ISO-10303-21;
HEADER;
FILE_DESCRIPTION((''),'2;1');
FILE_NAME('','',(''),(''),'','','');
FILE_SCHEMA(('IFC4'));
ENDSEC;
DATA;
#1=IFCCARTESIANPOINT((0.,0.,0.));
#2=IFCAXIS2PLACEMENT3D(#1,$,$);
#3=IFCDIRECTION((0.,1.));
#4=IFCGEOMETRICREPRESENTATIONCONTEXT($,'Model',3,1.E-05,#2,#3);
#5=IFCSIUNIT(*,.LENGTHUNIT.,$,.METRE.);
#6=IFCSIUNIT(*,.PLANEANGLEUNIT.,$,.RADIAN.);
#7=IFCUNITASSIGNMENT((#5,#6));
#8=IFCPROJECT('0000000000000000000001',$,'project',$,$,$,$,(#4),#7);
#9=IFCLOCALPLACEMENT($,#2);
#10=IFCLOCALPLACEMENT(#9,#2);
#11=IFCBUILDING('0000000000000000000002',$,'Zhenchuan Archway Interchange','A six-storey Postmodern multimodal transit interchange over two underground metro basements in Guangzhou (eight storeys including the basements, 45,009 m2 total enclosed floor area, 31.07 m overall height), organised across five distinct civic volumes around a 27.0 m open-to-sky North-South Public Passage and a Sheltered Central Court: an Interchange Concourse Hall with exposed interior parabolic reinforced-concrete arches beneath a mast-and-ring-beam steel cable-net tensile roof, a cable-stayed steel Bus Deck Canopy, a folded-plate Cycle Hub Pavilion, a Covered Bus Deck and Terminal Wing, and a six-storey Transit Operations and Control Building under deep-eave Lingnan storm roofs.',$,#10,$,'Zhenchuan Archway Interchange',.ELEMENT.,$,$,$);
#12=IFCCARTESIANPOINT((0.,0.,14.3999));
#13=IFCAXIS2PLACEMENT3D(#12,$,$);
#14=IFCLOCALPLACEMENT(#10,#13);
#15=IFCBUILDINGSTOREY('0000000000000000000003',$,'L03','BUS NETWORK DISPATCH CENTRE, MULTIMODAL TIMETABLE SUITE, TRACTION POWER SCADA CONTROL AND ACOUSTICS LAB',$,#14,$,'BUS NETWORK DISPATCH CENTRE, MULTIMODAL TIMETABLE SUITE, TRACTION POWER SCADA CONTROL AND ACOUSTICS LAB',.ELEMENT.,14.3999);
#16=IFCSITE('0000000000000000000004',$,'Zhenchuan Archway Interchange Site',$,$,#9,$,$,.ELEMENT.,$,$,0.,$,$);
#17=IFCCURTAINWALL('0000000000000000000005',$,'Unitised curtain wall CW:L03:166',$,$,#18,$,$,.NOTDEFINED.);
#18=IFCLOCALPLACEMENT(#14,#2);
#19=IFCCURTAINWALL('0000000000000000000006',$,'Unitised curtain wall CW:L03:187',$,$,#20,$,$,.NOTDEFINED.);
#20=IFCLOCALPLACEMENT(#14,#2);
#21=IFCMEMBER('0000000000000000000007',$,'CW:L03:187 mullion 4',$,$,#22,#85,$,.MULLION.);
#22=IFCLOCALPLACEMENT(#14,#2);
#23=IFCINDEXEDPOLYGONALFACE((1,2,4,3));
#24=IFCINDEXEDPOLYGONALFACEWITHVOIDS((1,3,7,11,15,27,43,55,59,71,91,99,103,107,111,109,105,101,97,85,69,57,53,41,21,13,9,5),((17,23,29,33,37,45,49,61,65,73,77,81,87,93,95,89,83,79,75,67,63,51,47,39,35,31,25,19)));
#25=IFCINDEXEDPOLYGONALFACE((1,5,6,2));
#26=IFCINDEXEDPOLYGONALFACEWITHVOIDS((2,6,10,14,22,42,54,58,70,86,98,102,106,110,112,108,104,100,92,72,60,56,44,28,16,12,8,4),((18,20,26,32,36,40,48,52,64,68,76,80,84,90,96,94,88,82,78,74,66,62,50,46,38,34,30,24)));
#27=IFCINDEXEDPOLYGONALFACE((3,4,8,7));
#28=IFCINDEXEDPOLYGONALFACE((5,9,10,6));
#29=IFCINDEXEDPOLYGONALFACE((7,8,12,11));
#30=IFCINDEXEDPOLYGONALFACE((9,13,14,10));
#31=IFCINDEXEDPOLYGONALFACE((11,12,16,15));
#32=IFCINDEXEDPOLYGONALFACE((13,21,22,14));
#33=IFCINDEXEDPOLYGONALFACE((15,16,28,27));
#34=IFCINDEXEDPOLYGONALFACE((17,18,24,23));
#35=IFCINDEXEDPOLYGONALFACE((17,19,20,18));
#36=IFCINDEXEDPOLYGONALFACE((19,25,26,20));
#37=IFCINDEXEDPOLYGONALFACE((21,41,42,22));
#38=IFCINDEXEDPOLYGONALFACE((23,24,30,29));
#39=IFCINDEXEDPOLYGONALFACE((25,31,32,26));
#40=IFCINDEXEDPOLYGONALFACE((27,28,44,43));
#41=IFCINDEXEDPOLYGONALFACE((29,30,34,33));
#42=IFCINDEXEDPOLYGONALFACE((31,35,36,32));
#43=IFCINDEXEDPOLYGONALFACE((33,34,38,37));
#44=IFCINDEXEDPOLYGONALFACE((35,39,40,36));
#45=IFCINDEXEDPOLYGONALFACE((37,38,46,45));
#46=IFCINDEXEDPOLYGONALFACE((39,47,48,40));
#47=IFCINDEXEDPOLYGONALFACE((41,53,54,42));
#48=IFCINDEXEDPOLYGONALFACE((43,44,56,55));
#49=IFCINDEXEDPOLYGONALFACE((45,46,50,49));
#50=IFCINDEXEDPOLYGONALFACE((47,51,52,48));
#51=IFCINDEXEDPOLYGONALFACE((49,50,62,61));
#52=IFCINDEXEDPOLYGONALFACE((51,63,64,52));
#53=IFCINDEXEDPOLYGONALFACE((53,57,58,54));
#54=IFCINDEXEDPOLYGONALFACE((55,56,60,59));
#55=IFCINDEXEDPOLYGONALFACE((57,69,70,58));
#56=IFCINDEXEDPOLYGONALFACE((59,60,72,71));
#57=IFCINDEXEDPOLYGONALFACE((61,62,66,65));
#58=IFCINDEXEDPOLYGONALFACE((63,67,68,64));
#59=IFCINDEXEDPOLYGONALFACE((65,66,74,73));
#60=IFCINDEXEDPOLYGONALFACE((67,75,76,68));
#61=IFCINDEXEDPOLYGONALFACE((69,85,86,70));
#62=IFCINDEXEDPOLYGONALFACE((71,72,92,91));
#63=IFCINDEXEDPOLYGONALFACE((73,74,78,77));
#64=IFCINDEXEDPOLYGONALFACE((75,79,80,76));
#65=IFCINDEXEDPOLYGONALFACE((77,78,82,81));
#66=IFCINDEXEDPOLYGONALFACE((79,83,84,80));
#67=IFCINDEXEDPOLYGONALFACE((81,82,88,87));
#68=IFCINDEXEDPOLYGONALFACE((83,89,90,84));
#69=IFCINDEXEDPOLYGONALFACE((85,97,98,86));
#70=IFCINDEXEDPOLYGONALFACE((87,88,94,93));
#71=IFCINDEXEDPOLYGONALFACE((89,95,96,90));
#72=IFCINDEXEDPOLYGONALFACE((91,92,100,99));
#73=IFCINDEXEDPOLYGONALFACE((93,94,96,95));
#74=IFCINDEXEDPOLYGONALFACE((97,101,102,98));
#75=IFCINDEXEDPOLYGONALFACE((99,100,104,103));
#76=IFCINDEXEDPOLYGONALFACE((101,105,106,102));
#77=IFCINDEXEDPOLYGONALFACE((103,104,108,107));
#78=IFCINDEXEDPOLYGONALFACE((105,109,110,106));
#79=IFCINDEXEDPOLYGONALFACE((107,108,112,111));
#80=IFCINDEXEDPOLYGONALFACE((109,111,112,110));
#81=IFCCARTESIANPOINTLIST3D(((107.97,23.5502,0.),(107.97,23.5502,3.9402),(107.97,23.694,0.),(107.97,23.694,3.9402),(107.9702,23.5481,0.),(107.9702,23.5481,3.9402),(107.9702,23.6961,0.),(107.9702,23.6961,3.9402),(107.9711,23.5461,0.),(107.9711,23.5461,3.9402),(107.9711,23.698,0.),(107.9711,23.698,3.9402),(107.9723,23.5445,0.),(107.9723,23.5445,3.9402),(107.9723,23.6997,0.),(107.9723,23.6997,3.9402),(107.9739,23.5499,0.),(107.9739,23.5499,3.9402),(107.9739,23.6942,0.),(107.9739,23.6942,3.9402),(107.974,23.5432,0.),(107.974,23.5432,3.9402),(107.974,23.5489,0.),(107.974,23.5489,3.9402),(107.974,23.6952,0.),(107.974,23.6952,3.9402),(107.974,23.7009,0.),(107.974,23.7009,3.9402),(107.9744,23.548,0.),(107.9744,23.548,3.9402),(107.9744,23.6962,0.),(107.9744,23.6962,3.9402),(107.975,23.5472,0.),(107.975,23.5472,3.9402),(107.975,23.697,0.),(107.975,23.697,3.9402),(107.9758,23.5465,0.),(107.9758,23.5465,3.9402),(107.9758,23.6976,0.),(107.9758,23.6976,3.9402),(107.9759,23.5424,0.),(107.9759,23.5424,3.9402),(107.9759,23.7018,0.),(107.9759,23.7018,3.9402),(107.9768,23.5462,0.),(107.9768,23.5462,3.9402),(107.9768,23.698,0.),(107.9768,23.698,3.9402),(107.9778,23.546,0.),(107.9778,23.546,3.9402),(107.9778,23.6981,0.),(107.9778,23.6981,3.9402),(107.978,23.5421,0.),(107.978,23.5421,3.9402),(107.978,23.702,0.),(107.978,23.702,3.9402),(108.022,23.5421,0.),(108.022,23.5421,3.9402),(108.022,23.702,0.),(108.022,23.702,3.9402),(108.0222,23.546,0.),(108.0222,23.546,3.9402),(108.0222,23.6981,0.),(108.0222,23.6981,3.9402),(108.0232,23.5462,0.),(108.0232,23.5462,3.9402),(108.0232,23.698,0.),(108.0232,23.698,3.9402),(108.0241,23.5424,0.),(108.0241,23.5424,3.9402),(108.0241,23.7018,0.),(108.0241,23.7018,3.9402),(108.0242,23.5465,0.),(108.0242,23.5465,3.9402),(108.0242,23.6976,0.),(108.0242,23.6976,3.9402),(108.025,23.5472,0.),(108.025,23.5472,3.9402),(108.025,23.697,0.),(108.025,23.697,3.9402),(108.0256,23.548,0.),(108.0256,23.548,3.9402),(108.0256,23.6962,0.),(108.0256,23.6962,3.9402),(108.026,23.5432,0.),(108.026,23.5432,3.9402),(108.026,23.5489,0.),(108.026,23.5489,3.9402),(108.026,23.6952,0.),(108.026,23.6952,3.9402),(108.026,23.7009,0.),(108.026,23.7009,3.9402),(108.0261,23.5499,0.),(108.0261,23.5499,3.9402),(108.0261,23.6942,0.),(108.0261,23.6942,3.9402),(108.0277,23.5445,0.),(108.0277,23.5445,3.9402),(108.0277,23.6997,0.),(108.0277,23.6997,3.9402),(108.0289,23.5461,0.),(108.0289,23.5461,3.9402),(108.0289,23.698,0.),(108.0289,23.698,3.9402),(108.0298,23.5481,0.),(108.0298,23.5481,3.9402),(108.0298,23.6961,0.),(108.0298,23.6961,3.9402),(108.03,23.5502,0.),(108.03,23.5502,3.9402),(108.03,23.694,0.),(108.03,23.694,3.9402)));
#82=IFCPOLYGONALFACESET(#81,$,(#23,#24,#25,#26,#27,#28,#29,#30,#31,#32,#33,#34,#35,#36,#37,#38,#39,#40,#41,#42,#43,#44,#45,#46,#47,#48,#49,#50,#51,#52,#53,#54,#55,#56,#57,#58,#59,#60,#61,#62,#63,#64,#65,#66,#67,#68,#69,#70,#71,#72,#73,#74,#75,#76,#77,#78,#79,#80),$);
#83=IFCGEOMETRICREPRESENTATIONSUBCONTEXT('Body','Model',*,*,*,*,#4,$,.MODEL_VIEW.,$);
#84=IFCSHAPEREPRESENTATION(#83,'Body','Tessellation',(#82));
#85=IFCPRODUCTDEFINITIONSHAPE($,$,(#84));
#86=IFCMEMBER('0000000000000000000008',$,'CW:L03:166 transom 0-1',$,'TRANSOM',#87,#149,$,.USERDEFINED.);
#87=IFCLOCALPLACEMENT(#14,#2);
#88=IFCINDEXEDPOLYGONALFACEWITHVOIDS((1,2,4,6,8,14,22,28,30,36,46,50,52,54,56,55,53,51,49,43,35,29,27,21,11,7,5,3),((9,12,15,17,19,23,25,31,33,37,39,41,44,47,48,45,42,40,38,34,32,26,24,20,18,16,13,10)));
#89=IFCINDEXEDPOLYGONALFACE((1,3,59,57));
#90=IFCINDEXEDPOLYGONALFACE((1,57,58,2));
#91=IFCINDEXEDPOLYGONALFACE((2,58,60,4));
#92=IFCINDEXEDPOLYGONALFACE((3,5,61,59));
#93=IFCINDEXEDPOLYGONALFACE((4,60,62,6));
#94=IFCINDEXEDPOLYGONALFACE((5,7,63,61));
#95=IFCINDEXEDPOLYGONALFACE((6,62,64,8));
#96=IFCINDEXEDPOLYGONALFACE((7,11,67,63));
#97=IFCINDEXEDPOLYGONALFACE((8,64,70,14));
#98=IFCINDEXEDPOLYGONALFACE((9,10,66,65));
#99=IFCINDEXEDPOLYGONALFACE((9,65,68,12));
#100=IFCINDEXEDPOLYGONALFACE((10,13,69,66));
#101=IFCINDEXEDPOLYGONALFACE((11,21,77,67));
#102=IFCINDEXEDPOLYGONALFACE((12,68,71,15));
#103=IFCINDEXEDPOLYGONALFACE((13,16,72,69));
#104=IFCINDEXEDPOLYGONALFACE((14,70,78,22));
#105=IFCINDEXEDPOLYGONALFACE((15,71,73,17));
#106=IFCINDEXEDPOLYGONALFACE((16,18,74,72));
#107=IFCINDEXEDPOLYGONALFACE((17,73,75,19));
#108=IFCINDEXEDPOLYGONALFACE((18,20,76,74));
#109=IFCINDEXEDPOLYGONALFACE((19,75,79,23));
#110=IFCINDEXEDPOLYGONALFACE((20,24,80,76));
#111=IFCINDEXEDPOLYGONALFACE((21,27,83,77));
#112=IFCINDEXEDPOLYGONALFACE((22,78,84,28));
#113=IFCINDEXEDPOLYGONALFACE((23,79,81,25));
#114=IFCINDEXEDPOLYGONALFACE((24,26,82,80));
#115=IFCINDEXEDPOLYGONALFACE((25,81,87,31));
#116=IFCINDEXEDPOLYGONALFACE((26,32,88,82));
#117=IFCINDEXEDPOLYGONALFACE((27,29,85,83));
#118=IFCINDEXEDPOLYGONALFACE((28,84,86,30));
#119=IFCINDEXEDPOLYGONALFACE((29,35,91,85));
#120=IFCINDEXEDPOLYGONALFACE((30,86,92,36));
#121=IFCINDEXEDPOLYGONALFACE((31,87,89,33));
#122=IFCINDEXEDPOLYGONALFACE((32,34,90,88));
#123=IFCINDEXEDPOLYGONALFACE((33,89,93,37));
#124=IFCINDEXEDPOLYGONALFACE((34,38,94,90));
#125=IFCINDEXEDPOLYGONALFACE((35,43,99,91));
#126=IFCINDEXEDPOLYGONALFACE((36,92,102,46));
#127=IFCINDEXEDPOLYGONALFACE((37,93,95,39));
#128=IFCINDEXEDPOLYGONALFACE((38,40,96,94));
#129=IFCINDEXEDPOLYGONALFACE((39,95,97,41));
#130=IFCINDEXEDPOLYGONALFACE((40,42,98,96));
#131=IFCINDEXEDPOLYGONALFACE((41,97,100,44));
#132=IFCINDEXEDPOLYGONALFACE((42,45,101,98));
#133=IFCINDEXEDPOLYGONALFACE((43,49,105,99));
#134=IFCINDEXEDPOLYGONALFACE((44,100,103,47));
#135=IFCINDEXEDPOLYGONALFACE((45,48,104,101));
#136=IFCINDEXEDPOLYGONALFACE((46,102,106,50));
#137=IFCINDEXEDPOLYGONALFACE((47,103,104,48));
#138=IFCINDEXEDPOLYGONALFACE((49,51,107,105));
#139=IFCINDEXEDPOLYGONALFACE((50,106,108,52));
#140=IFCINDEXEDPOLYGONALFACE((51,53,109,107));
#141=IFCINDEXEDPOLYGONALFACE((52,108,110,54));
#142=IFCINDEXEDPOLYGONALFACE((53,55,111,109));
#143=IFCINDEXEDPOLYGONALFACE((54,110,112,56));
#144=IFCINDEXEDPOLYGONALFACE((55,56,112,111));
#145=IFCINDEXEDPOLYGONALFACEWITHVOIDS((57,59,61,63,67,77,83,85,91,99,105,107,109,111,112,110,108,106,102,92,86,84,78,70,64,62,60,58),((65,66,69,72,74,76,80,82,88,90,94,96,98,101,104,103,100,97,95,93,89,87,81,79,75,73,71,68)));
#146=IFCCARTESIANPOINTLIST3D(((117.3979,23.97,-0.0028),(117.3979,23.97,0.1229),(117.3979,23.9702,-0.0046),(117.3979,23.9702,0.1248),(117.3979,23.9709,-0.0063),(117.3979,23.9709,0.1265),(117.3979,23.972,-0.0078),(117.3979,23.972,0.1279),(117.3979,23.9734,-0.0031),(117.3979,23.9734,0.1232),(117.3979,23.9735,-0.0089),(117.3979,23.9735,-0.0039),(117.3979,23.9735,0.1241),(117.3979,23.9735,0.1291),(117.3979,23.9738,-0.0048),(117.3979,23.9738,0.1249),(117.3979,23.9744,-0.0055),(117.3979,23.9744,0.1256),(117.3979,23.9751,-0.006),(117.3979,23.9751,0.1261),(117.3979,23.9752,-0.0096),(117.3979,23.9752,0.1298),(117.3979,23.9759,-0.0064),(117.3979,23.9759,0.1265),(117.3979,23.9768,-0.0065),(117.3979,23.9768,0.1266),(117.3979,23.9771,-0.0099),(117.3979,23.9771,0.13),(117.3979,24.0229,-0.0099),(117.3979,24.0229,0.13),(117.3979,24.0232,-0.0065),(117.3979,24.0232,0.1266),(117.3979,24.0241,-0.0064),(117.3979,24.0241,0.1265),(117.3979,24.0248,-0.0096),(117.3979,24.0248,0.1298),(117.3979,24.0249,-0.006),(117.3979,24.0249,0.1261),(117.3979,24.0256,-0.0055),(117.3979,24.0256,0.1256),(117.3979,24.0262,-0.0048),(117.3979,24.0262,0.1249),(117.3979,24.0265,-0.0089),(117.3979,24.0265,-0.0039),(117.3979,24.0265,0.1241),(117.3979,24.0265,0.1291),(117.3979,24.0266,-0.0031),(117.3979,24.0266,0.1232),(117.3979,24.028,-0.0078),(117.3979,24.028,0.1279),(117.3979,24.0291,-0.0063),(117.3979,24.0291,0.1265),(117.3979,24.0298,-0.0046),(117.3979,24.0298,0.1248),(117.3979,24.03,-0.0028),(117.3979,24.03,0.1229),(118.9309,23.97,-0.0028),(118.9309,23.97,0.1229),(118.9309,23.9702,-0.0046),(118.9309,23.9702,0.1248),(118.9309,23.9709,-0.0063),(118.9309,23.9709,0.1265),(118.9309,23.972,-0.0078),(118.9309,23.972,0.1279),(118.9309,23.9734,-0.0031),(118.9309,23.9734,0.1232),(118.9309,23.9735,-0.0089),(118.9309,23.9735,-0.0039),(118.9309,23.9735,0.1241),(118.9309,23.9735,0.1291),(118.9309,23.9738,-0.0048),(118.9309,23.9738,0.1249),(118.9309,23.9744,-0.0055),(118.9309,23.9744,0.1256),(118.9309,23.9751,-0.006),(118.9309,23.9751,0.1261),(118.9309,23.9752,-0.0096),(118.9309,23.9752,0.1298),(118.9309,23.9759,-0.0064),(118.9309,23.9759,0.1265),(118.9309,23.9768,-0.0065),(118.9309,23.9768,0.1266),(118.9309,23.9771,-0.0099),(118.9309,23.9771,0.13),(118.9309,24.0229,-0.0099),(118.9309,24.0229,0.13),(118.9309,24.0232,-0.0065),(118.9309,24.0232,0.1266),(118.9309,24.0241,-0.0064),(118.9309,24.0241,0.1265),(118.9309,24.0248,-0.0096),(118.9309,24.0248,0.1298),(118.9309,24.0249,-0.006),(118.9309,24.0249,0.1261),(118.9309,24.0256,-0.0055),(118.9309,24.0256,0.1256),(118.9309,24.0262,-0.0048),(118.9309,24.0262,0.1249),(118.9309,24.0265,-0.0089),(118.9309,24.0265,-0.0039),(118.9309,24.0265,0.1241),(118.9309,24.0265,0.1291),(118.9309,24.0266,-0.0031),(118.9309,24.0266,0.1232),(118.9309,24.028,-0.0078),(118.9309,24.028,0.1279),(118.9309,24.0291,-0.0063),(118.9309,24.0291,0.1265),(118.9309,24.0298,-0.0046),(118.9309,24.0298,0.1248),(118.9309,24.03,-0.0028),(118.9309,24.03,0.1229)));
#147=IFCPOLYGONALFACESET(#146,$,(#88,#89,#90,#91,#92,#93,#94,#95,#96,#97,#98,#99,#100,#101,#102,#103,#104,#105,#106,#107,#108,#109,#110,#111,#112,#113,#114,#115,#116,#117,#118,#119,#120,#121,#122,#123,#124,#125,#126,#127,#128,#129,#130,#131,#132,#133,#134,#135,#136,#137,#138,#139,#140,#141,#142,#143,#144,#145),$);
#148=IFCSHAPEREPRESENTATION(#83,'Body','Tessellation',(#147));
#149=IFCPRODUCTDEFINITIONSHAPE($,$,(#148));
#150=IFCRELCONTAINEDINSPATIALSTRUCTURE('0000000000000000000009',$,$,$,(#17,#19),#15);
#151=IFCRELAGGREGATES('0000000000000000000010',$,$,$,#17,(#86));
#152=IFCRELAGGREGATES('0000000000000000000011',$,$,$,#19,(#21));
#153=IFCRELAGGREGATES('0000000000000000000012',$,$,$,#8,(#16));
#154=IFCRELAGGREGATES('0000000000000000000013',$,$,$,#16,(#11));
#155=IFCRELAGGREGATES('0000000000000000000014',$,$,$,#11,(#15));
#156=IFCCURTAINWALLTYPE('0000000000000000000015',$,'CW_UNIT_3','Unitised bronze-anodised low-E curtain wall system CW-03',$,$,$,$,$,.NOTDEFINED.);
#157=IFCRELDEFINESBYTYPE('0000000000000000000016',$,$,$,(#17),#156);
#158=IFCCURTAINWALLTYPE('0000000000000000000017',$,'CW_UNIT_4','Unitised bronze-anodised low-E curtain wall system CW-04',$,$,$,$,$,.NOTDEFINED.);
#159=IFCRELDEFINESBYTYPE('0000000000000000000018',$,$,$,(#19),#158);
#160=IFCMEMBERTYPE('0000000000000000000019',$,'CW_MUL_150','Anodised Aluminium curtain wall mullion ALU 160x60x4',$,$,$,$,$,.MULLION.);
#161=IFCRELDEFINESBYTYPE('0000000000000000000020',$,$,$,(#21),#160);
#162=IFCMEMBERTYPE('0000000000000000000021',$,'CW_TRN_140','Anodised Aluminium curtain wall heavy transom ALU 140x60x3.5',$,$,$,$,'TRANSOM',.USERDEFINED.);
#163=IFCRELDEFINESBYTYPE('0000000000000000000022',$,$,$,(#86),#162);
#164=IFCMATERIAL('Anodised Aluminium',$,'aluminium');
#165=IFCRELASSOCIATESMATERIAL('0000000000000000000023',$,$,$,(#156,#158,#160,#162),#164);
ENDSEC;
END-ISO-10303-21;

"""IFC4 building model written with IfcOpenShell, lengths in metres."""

from ifc_helpers import new_model, si_unit, direction, frame, origin, origin_2d, place, context, subcontext, project, spatial, hollow_rectangle, extrude, material, material_profile, profile_set, type_object, element, aggregate, save


model = new_model("IFC4")

# Units and contexts
model_context = context("Model", 3, precision=1e-05, world=origin(), true_north=direction((0.0, 1.0)))
body_context = subcontext(model_context, "Body", "Model", "MODEL_VIEW")
ifc_project = project(units=[si_unit("LENGTHUNIT", "METRE"), si_unit("PLANEANGLEUNIT", "RADIAN")], contexts=[model_context])

# Site, building, storey
site_placement = place(None, origin())
site = spatial("IfcSite", under=ifc_project, at=site_placement, Name="Zhenchuan Archway Interchange Site", CompositionType="ELEMENT", RefElevation=0.0)
building_placement = place(site_placement, origin())
building = spatial("IfcBuilding", under=site, at=building_placement, Name="Zhenchuan Archway Interchange", Description="A six-storey Postmodern multimodal transit interchange over two underground metro basements in Guangzhou (eight storeys including the basements, 45,009 m2 total enclosed floor area, 31.07 m overall height), organised across five distinct civic volumes around a 27.0 m open-to-sky North-South Public Passage and a Sheltered Central Court: an Interchange Concourse Hall with exposed interior parabolic reinforced-concrete arches beneath a mast-and-ring-beam steel cable-net tensile roof, a cable-stayed steel Bus Deck Canopy, a folded-plate Cycle Hub Pavilion, a Covered Bus Deck and Terminal Wing, and a six-storey Transit Operations and Control Building under deep-eave Lingnan storm roofs.", LongName="Zhenchuan Archway Interchange", CompositionType="ELEMENT")
storey_placement = place(building_placement, frame((0.0, 0.0, 14.3999)))
storey = spatial("IfcBuildingStorey", under=building, at=storey_placement, Name="L03", Description="BUS NETWORK DISPATCH CENTRE, MULTIMODAL TIMETABLE SUITE, TRACTION POWER SCADA CONTROL AND ACOUSTICS LAB", LongName="BUS NETWORK DISPATCH CENTRE, MULTIMODAL TIMETABLE SUITE, TRACTION POWER SCADA CONTROL AND ACOUSTICS LAB", CompositionType="ELEMENT", Elevation=14.3999)

# Curtain walls, member
ifc_material_1 = material(Name="Anodised Aluminium", Category="aluminium")
curtain_wall_type_1 = type_object("IfcCurtainWallType", Name="CW_UNIT_3", Description="Unitised bronze-anodised low-E curtain wall system CW-03", PredefinedType="NOTDEFINED", material=ifc_material_1)
curtain_wall_1_placement = place(storey_placement, origin())
curtain_wall_1 = element("IfcCurtainWall", 1, at=curtain_wall_1_placement, inside=storey, type_object=curtain_wall_type_1, Name="Unitised curtain wall CW:L03:166", PredefinedType="NOTDEFINED")
ifc_material_profile_1 = material_profile(ifc_material_1, hollow_rectangle(XDim=0.0601, YDim=0.1599, WallThickness=0.0039, InnerFilletRadius=0.0039, OuterFilletRadius=0.0081, at=origin_2d()), Name="ALU 160x60x4")
ifc_profile_set_1 = profile_set([ifc_material_profile_1], Name="Anodised Aluminium")
member_type_1 = type_object("IfcMemberType", Name="CW_MUL_150", Description="Anodised Aluminium curtain wall mullion ALU 160x60x4", PredefinedType="MULLION", material=ifc_profile_set_1)
curtain_wall_type_2 = type_object("IfcCurtainWallType", Name="CW_UNIT_4", Description="Unitised bronze-anodised low-E curtain wall system CW-04", PredefinedType="NOTDEFINED", material=ifc_material_1)
curtain_wall_2_placement = place(storey_placement, origin())
curtain_wall_2 = element("IfcCurtainWall", 2, at=curtain_wall_2_placement, inside=storey, type_object=curtain_wall_type_2, Name="Unitised curtain wall CW:L03:187", PredefinedType="NOTDEFINED")
member_1_placement = place(storey_placement, frame((108.0, 23.6221, 0.0), z_axis=(0.0, 0.0, 1.0), x_axis=(1.0, 0.0, 0.0)))
member_1 = element("IfcMember", 3, at=member_1_placement, type_object=member_type_1, Name="CW:L03:187 mullion 4", PredefinedType="MULLION", context=body_context, shape_type="SweptSolid", body=[
    extrude(hollow_rectangle(XDim=0.0601, YDim=0.1599, WallThickness=0.0039, InnerFilletRadius=0.0039, OuterFilletRadius=0.0081, at=origin_2d()), origin(), (0.0, 0.0, 1.0), 3.9402),
])

# Member
ifc_material_profile_2 = material_profile(ifc_material_1, hollow_rectangle(XDim=0.0601, YDim=0.1399, WallThickness=0.0034, InnerFilletRadius=0.0034, OuterFilletRadius=0.0071, at=origin_2d()), Name="ALU 140x60x3.5")
ifc_profile_set_2 = profile_set([ifc_material_profile_2], Name="Anodised Aluminium")
member_type_2 = type_object("IfcMemberType", Name="CW_TRN_140", Description="Anodised Aluminium curtain wall heavy transom ALU 140x60x3.5", ElementType="TRANSOM", PredefinedType="USERDEFINED", material=ifc_profile_set_2)
member_2_placement = place(storey_placement, frame((117.3979, 24.0, 0.0601), z_axis=(1.0, 0.0, 0.0), x_axis=(0.0, 1.0, 0.0)))
member_2 = element("IfcMember", 4, at=member_2_placement, type_object=member_type_2, Name="CW:L03:166 transom 0-1", ObjectType="TRANSOM", PredefinedType="USERDEFINED", context=body_context, shape_type="SweptSolid", body=[
    extrude(hollow_rectangle(XDim=0.0601, YDim=0.1399, WallThickness=0.0034, InnerFilletRadius=0.0034, OuterFilletRadius=0.0071, at=origin_2d()), origin(), (0.0, 0.0, 1.0), 1.533),
])

aggregate(curtain_wall_1, [member_2])
aggregate(curtain_wall_2, [member_1])

save(model, "model.ifc")
